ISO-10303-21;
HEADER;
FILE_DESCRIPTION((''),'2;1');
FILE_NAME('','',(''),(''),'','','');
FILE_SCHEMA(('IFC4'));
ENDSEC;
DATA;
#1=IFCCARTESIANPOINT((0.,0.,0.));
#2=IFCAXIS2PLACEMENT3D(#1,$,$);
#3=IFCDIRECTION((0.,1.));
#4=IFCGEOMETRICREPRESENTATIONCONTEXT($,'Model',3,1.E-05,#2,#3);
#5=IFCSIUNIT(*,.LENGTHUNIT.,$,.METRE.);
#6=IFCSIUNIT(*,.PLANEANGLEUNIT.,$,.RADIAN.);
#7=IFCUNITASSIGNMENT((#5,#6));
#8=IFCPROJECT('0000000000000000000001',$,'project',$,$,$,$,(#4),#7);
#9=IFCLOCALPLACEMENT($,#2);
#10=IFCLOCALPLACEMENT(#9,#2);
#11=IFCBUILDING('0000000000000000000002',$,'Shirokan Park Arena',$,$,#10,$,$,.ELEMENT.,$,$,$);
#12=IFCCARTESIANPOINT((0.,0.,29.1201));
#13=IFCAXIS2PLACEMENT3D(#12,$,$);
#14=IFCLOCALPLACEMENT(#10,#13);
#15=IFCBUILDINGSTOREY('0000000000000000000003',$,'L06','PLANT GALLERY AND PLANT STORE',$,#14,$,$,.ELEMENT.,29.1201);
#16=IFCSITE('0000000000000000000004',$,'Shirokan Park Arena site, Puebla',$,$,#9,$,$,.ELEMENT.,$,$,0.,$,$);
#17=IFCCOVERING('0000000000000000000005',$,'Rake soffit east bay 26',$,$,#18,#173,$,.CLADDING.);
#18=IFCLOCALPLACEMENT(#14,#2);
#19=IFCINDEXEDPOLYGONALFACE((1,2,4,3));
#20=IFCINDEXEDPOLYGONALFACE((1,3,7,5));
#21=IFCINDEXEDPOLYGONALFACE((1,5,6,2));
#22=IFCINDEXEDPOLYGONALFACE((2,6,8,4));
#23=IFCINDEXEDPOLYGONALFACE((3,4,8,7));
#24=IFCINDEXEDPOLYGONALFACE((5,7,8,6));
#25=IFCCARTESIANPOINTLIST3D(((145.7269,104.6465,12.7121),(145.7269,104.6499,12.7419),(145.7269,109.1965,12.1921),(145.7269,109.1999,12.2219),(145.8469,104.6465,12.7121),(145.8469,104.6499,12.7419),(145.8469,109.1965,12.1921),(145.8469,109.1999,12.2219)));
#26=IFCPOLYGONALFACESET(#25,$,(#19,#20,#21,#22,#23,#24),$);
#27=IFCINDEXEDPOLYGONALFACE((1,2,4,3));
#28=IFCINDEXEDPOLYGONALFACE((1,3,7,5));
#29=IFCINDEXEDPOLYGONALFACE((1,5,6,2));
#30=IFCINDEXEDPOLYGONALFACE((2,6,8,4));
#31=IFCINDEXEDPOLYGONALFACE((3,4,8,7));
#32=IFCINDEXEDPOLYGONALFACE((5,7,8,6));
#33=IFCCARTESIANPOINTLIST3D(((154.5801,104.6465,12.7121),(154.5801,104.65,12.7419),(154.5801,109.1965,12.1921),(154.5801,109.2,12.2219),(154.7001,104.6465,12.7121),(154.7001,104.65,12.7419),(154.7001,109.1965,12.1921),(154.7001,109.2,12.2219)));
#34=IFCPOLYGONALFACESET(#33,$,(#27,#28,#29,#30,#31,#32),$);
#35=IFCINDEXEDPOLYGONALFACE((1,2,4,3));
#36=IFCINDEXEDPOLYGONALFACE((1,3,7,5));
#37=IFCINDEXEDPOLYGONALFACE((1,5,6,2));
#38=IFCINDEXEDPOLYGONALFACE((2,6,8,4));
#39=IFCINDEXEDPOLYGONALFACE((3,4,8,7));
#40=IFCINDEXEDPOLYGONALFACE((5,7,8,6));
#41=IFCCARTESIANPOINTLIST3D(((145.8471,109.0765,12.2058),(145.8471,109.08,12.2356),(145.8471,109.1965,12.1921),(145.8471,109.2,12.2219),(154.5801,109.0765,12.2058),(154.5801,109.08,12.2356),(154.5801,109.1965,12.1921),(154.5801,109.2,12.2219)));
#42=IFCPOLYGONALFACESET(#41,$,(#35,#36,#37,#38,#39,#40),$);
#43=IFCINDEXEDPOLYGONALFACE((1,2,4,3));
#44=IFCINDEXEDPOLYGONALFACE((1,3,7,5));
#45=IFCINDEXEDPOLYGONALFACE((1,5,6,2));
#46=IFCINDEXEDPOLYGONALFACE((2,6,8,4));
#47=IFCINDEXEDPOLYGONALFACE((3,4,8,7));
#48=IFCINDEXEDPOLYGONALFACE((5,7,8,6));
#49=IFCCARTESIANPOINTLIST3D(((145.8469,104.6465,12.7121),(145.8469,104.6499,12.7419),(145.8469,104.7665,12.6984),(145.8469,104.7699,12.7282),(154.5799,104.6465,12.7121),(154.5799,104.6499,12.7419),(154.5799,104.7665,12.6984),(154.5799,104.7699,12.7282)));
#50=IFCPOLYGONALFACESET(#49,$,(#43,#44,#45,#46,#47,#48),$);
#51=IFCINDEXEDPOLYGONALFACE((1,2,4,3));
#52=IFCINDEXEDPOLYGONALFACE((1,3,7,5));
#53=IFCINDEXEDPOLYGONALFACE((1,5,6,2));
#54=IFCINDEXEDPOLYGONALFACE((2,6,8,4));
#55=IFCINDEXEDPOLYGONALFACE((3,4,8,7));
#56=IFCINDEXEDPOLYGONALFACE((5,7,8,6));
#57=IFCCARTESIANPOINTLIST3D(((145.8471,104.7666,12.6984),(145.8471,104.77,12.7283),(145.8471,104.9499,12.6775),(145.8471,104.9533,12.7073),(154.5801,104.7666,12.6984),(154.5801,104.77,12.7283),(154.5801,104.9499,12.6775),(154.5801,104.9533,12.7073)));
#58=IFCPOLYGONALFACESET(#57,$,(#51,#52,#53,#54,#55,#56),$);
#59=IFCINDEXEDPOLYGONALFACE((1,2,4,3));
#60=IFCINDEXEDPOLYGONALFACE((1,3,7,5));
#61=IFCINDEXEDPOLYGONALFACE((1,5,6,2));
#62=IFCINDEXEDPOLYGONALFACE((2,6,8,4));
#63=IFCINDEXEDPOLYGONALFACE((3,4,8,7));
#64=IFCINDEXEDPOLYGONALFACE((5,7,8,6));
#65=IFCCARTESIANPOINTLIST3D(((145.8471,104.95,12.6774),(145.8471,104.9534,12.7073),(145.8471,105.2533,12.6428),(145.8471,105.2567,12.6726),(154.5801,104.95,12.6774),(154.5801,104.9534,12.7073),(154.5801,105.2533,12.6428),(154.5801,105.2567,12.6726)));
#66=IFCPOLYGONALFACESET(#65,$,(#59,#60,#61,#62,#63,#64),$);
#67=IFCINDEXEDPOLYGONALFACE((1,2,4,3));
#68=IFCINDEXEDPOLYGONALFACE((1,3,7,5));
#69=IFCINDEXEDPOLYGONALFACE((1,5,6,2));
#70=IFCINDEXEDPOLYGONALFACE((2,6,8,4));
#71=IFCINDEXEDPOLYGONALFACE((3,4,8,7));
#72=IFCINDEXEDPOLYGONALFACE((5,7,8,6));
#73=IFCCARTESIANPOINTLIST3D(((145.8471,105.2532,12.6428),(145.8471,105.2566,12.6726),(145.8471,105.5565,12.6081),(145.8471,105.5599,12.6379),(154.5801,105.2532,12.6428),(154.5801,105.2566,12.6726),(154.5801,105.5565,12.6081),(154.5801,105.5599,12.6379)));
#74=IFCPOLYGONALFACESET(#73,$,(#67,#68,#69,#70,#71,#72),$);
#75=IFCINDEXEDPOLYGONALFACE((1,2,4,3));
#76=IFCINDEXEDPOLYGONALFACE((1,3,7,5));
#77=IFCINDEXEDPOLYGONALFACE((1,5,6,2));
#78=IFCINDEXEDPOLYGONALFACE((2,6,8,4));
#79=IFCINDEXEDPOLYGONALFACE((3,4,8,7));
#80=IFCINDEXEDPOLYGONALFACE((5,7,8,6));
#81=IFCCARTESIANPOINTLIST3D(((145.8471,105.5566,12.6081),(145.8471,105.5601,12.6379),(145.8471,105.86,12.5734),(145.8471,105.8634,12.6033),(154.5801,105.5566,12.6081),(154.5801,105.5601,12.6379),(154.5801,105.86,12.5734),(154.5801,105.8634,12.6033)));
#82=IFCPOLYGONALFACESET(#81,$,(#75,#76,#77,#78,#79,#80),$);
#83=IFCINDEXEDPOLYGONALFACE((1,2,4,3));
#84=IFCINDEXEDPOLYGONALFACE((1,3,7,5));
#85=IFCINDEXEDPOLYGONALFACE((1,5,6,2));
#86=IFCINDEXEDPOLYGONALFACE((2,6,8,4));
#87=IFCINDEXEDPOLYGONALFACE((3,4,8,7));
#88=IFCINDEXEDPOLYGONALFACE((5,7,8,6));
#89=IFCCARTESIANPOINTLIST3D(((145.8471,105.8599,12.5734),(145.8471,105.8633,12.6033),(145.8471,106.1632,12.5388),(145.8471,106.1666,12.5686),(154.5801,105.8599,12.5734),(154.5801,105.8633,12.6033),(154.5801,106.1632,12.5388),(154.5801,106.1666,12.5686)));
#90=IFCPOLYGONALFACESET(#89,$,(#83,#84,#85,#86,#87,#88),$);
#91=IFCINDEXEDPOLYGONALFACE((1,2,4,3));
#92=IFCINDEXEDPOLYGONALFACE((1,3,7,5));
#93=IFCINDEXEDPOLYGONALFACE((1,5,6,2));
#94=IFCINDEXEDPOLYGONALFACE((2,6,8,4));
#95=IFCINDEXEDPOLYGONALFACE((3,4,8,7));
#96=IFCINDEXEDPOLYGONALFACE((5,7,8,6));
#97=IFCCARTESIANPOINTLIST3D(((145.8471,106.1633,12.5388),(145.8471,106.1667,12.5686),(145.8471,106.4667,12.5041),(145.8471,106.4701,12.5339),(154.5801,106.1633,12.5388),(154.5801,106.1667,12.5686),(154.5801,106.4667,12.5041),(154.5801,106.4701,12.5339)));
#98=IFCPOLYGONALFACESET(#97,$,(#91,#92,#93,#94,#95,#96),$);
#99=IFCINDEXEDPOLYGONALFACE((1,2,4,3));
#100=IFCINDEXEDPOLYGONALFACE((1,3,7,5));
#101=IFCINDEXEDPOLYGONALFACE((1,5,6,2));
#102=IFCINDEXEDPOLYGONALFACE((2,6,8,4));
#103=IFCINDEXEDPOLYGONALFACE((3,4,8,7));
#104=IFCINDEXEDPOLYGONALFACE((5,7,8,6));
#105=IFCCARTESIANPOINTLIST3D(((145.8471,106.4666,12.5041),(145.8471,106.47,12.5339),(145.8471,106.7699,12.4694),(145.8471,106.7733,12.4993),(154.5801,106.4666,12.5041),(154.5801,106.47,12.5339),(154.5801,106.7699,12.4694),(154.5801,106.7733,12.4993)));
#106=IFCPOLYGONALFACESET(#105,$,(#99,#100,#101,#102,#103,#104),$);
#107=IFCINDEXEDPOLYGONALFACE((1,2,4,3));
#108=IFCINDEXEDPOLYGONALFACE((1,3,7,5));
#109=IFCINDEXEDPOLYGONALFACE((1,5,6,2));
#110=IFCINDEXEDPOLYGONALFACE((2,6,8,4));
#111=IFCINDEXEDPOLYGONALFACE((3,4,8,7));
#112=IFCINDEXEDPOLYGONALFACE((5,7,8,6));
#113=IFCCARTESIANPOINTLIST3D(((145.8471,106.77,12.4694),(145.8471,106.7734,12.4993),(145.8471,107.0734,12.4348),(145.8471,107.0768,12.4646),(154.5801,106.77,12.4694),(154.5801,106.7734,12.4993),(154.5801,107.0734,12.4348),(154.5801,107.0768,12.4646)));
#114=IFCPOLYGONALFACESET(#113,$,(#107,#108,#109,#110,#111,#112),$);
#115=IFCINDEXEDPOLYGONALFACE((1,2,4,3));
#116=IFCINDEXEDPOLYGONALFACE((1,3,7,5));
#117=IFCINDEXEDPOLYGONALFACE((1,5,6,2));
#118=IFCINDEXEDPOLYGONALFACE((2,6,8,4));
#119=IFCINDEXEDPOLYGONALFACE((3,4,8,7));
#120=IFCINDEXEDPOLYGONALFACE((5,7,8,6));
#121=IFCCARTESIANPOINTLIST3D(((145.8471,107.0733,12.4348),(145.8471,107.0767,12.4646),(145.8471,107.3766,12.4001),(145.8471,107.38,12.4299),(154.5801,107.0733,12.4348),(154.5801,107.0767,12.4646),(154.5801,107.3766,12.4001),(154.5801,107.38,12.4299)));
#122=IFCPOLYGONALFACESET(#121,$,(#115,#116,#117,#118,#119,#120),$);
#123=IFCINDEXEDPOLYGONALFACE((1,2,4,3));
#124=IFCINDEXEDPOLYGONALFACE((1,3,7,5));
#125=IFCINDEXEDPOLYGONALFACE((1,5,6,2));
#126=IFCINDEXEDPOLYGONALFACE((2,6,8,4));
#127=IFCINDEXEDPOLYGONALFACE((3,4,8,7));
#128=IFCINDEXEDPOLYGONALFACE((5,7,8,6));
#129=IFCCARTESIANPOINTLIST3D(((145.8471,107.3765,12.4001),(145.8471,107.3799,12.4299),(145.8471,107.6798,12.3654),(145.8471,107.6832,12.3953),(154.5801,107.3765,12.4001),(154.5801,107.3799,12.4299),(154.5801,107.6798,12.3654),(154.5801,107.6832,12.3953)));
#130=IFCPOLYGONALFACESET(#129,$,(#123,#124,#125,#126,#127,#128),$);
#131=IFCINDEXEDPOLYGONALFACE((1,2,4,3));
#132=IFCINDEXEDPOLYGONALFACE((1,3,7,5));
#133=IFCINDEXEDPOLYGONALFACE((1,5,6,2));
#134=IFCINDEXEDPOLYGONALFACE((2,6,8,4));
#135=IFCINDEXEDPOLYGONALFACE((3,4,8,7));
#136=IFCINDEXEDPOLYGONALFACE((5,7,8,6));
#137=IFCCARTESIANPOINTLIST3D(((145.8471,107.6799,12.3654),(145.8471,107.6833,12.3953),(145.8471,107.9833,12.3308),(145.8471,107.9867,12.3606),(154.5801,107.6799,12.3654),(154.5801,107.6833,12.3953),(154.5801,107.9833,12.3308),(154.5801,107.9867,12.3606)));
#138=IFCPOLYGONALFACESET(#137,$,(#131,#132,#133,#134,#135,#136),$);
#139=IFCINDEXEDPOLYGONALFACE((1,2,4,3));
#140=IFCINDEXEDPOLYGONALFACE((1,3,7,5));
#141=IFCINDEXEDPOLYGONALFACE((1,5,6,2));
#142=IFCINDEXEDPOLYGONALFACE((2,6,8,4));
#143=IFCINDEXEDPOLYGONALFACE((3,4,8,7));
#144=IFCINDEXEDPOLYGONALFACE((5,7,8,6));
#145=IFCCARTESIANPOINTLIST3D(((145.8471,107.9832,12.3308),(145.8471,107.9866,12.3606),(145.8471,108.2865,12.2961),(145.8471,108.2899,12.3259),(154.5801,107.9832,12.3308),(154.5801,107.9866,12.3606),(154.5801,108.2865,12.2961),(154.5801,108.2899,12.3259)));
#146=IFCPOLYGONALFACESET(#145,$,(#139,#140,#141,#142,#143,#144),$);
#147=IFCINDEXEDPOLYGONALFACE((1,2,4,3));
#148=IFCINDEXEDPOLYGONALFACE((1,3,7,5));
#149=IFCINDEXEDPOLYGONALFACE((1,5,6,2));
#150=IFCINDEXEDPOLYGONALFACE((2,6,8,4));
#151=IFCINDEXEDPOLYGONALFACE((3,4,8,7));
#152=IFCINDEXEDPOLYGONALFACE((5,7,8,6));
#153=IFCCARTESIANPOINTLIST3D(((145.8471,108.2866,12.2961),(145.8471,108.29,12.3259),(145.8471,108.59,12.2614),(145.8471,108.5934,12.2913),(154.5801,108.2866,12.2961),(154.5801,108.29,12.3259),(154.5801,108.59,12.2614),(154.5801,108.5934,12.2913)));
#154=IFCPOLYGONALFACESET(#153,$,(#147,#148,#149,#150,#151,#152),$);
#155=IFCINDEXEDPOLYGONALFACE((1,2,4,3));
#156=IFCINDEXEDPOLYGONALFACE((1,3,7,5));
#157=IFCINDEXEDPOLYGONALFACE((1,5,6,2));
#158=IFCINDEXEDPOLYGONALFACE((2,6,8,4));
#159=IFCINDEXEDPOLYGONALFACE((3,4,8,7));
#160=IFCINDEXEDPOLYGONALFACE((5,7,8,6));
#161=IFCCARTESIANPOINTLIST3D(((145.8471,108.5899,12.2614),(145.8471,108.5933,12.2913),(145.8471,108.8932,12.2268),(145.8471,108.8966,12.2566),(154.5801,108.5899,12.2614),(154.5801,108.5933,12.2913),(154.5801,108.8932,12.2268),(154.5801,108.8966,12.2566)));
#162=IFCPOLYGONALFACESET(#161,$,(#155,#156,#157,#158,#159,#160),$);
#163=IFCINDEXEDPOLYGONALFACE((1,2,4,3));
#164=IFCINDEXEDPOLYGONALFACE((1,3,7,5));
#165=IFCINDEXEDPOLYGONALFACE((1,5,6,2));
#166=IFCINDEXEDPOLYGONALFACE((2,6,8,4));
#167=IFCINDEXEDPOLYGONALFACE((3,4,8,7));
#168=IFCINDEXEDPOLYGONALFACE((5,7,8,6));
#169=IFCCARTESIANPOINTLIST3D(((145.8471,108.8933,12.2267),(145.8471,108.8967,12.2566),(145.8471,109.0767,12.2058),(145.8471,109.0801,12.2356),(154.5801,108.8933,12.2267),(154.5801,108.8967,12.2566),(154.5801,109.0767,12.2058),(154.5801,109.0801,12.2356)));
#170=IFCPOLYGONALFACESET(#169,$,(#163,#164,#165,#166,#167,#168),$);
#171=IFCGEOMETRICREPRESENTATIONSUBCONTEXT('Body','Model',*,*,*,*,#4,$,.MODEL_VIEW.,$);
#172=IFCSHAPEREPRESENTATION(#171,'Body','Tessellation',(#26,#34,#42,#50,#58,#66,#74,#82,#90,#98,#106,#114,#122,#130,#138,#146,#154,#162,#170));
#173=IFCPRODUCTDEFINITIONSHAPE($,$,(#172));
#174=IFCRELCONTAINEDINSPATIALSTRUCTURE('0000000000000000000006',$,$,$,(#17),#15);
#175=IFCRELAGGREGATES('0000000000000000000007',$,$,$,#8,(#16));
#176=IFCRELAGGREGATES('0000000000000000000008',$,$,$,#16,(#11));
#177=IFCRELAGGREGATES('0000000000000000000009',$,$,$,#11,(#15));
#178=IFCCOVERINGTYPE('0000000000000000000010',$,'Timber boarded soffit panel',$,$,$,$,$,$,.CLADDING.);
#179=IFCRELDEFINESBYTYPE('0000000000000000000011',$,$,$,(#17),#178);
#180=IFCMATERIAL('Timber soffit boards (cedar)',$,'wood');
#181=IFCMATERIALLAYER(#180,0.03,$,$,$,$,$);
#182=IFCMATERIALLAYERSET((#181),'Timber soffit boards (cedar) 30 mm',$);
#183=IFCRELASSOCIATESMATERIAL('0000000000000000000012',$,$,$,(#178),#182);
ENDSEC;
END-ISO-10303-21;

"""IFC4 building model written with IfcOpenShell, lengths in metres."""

from ifc_helpers import new_model, si_unit, direction, frame, origin, place, context, subcontext, project, spatial, polyline, outline, extrude, material, layer, layer_set, type_object, element, save


model = new_model("IFC4")

# Units and contexts
model_context = context("Model", 3, precision=1e-05, world=origin(), true_north=direction((0.0, 1.0)))
body_context = subcontext(model_context, "Body", "Model", "MODEL_VIEW")
ifc_project = project(units=[si_unit("LENGTHUNIT", "METRE"), si_unit("PLANEANGLEUNIT", "RADIAN")], contexts=[model_context])

# Site, building, storey
site_placement = place(None, origin())
site = spatial("IfcSite", under=ifc_project, at=site_placement, Name="Shirokan Park Arena site, Puebla", CompositionType="ELEMENT", RefElevation=0.0)
building_placement = place(site_placement, origin())
building = spatial("IfcBuilding", under=site, at=building_placement, Name="Shirokan Park Arena", CompositionType="ELEMENT")
storey_placement = place(building_placement, frame((0.0, 0.0, 29.1201)))
storey = spatial("IfcBuildingStorey", under=building, at=storey_placement, Name="L06", Description="PLANT GALLERY AND PLANT STORE", CompositionType="ELEMENT", Elevation=29.1201)

# Covering
ifc_material_1 = material(Name="Timber soffit boards (cedar)", Category="wood")
ifc_layer_1 = layer(ifc_material_1, 0.03)
ifc_layer_set_1 = layer_set([ifc_layer_1], Name="Timber soffit boards (cedar) 30 mm")
covering_type_1 = type_object("IfcCoveringType", Name="Timber boarded soffit panel", PredefinedType="CLADDING", material=ifc_layer_set_1)
covering_1_placement = place(storey_placement, origin())
element("IfcCovering", 1, at=covering_1_placement, inside=storey, type_object=covering_type_1, Name="Rake soffit east bay 26", PredefinedType="CLADDING", context=body_context, shape_type="SweptSolid", body=[
    extrude(outline(polyline([(0.0, 0.0), (0.12, 0.0), (0.12, -4.5796), (0.0, -4.5796), (0.0, 0.0)])), frame((145.8469, 104.6499, 12.7419), z_axis=(0.0, 0.113547, 0.993533), x_axis=(-1.0, 0.0, 0.0)), (0.0, 0.0, -1.0), 0.03),
    extrude(outline(polyline([(0.0, 0.0), (0.12, 0.0), (0.12, -4.5796), (0.0, -4.5796), (0.0, 0.0)])), frame((154.5801, 109.2, 12.2219), z_axis=(0.0, 0.113547, 0.993533), x_axis=(1.0, 0.0, 0.0)), (0.0, 0.0, -1.0), 0.03),
    extrude(outline(polyline([(0.0, 0.0), (0.1208, 0.0), (0.1208, -8.733), (0.0, -8.733), (0.0, 0.0)])), frame((154.5801, 109.2, 12.2219), z_axis=(0.0, 0.113512, 0.993537), x_axis=(0.0, -0.993537, 0.113512)), (0.0, 0.0, -1.0), 0.03),
    extrude(outline(polyline([(0.0, 0.0), (0.1208, 0.0), (0.1208, -8.733), (0.0, -8.733), (0.0, 0.0)])), frame((145.8469, 104.6499, 12.7419), z_axis=(0.0, 0.113512, 0.993537), x_axis=(0.0, 0.993537, -0.113512)), (0.0, 0.0, -1.0), 0.03),
    extrude(outline(polyline([(0.0, 0.0), (8.733, 0.0), (8.733, -0.1845), (0.0, -0.1845), (0.0, 0.0)])), frame((154.5801, 104.77, 12.7283), z_axis=(0.0, 0.113589, 0.993528), x_axis=(-1.0, 0.0, 0.0)), (0.0, 0.0, -1.0), 0.03),
    extrude(outline(polyline([(0.0, 0.0), (8.733, 0.0), (8.733, -0.3053), (0.0, -0.3053), (0.0, 0.0)])), frame((154.5801, 104.9534, 12.7073), z_axis=(0.0, 0.113523, 0.993535), x_axis=(-1.0, 0.0, 0.0)), (0.0, 0.0, -1.0), 0.03),
    extrude(outline(polyline([(0.0, 0.0), (8.733, 0.0), (8.733, -0.3053), (0.0, -0.3053), (0.0, 0.0)])), frame((154.5801, 105.2566, 12.6726), z_axis=(0.0, 0.113559, 0.993531), x_axis=(-1.0, 0.0, 0.0)), (0.0, 0.0, -1.0), 0.03),
    extrude(outline(polyline([(0.0, 0.0), (8.733, 0.0), (8.733, -0.3053), (0.0, -0.3053), (0.0, 0.0)])), frame((154.5801, 105.5601, 12.6379), z_axis=(0.0, 0.113559, 0.993531), x_axis=(-1.0, 0.0, 0.0)), (0.0, 0.0, -1.0), 0.03),
    extrude(outline(polyline([(0.0, 0.0), (8.733, 0.0), (8.733, -0.3053), (0.0, -0.3053), (0.0, 0.0)])), frame((154.5801, 105.8633, 12.6033), z_axis=(0.0, 0.113523, 0.993535), x_axis=(-1.0, 0.0, 0.0)), (0.0, 0.0, -1.0), 0.03),
    extrude(outline(polyline([(0.0, 0.0), (8.733, 0.0), (8.733, -0.3053), (0.0, -0.3053), (0.0, 0.0)])), frame((154.5801, 106.1667, 12.5686), z_axis=(0.0, 0.113559, 0.993531), x_axis=(-1.0, 0.0, 0.0)), (0.0, 0.0, -1.0), 0.03),
    extrude(outline(polyline([(0.0, 0.0), (8.733, 0.0), (8.733, -0.3053), (0.0, -0.3053), (0.0, 0.0)])), frame((154.5801, 106.47, 12.5339), z_axis=(0.0, 0.113559, 0.993531), x_axis=(-1.0, 0.0, 0.0)), (0.0, 0.0, -1.0), 0.03),
    extrude(outline(polyline([(0.0, 0.0), (8.733, 0.0), (8.733, -0.3053), (0.0, -0.3053), (0.0, 0.0)])), frame((154.5801, 106.7734, 12.4993), z_axis=(0.0, 0.113523, 0.993535), x_axis=(-1.0, 0.0, 0.0)), (0.0, 0.0, -1.0), 0.03),
    extrude(outline(polyline([(0.0, 0.0), (8.733, 0.0), (8.733, -0.3053), (0.0, -0.3053), (0.0, 0.0)])), frame((154.5801, 107.0767, 12.4646), z_axis=(0.0, 0.113559, 0.993531), x_axis=(-1.0, 0.0, 0.0)), (0.0, 0.0, -1.0), 0.03),
    extrude(outline(polyline([(0.0, 0.0), (8.733, 0.0), (8.733, -0.3053), (0.0, -0.3053), (0.0, 0.0)])), frame((154.5801, 107.3799, 12.4299), z_axis=(0.0, 0.113559, 0.993531), x_axis=(-1.0, 0.0, 0.0)), (0.0, 0.0, -1.0), 0.03),
    extrude(outline(polyline([(0.0, 0.0), (8.733, 0.0), (8.733, -0.3053), (0.0, -0.3053), (0.0, 0.0)])), frame((154.5801, 107.6833, 12.3953), z_axis=(0.0, 0.113523, 0.993535), x_axis=(-1.0, 0.0, 0.0)), (0.0, 0.0, -1.0), 0.03),
    extrude(outline(polyline([(0.0, 0.0), (8.733, 0.0), (8.733, -0.3053), (0.0, -0.3053), (0.0, 0.0)])), frame((154.5801, 107.9866, 12.3606), z_axis=(0.0, 0.113559, 0.993531), x_axis=(-1.0, 0.0, 0.0)), (0.0, 0.0, -1.0), 0.03),
    extrude(outline(polyline([(0.0, 0.0), (8.733, 0.0), (8.733, -0.3053), (0.0, -0.3053), (0.0, 0.0)])), frame((154.5801, 108.29, 12.3259), z_axis=(0.0, 0.113559, 0.993531), x_axis=(-1.0, 0.0, 0.0)), (0.0, 0.0, -1.0), 0.03),
    extrude(outline(polyline([(0.0, 0.0), (8.733, 0.0), (8.733, -0.3053), (0.0, -0.3053), (0.0, 0.0)])), frame((154.5801, 108.5933, 12.2913), z_axis=(0.0, 0.113523, 0.993535), x_axis=(-1.0, 0.0, 0.0)), (0.0, 0.0, -1.0), 0.03),
    extrude(outline(polyline([(0.0, 0.0), (0.1845, 0.0), (0.1845, -8.733), (0.0, -8.733), (0.0, 0.0)])), frame((154.5801, 109.0801, 12.2356), z_axis=(0.0, 0.113589, 0.993528), x_axis=(0.0, -0.993528, 0.113589)), (0.0, 0.0, -1.0), 0.03),
])

save(model, "model.ifc")
